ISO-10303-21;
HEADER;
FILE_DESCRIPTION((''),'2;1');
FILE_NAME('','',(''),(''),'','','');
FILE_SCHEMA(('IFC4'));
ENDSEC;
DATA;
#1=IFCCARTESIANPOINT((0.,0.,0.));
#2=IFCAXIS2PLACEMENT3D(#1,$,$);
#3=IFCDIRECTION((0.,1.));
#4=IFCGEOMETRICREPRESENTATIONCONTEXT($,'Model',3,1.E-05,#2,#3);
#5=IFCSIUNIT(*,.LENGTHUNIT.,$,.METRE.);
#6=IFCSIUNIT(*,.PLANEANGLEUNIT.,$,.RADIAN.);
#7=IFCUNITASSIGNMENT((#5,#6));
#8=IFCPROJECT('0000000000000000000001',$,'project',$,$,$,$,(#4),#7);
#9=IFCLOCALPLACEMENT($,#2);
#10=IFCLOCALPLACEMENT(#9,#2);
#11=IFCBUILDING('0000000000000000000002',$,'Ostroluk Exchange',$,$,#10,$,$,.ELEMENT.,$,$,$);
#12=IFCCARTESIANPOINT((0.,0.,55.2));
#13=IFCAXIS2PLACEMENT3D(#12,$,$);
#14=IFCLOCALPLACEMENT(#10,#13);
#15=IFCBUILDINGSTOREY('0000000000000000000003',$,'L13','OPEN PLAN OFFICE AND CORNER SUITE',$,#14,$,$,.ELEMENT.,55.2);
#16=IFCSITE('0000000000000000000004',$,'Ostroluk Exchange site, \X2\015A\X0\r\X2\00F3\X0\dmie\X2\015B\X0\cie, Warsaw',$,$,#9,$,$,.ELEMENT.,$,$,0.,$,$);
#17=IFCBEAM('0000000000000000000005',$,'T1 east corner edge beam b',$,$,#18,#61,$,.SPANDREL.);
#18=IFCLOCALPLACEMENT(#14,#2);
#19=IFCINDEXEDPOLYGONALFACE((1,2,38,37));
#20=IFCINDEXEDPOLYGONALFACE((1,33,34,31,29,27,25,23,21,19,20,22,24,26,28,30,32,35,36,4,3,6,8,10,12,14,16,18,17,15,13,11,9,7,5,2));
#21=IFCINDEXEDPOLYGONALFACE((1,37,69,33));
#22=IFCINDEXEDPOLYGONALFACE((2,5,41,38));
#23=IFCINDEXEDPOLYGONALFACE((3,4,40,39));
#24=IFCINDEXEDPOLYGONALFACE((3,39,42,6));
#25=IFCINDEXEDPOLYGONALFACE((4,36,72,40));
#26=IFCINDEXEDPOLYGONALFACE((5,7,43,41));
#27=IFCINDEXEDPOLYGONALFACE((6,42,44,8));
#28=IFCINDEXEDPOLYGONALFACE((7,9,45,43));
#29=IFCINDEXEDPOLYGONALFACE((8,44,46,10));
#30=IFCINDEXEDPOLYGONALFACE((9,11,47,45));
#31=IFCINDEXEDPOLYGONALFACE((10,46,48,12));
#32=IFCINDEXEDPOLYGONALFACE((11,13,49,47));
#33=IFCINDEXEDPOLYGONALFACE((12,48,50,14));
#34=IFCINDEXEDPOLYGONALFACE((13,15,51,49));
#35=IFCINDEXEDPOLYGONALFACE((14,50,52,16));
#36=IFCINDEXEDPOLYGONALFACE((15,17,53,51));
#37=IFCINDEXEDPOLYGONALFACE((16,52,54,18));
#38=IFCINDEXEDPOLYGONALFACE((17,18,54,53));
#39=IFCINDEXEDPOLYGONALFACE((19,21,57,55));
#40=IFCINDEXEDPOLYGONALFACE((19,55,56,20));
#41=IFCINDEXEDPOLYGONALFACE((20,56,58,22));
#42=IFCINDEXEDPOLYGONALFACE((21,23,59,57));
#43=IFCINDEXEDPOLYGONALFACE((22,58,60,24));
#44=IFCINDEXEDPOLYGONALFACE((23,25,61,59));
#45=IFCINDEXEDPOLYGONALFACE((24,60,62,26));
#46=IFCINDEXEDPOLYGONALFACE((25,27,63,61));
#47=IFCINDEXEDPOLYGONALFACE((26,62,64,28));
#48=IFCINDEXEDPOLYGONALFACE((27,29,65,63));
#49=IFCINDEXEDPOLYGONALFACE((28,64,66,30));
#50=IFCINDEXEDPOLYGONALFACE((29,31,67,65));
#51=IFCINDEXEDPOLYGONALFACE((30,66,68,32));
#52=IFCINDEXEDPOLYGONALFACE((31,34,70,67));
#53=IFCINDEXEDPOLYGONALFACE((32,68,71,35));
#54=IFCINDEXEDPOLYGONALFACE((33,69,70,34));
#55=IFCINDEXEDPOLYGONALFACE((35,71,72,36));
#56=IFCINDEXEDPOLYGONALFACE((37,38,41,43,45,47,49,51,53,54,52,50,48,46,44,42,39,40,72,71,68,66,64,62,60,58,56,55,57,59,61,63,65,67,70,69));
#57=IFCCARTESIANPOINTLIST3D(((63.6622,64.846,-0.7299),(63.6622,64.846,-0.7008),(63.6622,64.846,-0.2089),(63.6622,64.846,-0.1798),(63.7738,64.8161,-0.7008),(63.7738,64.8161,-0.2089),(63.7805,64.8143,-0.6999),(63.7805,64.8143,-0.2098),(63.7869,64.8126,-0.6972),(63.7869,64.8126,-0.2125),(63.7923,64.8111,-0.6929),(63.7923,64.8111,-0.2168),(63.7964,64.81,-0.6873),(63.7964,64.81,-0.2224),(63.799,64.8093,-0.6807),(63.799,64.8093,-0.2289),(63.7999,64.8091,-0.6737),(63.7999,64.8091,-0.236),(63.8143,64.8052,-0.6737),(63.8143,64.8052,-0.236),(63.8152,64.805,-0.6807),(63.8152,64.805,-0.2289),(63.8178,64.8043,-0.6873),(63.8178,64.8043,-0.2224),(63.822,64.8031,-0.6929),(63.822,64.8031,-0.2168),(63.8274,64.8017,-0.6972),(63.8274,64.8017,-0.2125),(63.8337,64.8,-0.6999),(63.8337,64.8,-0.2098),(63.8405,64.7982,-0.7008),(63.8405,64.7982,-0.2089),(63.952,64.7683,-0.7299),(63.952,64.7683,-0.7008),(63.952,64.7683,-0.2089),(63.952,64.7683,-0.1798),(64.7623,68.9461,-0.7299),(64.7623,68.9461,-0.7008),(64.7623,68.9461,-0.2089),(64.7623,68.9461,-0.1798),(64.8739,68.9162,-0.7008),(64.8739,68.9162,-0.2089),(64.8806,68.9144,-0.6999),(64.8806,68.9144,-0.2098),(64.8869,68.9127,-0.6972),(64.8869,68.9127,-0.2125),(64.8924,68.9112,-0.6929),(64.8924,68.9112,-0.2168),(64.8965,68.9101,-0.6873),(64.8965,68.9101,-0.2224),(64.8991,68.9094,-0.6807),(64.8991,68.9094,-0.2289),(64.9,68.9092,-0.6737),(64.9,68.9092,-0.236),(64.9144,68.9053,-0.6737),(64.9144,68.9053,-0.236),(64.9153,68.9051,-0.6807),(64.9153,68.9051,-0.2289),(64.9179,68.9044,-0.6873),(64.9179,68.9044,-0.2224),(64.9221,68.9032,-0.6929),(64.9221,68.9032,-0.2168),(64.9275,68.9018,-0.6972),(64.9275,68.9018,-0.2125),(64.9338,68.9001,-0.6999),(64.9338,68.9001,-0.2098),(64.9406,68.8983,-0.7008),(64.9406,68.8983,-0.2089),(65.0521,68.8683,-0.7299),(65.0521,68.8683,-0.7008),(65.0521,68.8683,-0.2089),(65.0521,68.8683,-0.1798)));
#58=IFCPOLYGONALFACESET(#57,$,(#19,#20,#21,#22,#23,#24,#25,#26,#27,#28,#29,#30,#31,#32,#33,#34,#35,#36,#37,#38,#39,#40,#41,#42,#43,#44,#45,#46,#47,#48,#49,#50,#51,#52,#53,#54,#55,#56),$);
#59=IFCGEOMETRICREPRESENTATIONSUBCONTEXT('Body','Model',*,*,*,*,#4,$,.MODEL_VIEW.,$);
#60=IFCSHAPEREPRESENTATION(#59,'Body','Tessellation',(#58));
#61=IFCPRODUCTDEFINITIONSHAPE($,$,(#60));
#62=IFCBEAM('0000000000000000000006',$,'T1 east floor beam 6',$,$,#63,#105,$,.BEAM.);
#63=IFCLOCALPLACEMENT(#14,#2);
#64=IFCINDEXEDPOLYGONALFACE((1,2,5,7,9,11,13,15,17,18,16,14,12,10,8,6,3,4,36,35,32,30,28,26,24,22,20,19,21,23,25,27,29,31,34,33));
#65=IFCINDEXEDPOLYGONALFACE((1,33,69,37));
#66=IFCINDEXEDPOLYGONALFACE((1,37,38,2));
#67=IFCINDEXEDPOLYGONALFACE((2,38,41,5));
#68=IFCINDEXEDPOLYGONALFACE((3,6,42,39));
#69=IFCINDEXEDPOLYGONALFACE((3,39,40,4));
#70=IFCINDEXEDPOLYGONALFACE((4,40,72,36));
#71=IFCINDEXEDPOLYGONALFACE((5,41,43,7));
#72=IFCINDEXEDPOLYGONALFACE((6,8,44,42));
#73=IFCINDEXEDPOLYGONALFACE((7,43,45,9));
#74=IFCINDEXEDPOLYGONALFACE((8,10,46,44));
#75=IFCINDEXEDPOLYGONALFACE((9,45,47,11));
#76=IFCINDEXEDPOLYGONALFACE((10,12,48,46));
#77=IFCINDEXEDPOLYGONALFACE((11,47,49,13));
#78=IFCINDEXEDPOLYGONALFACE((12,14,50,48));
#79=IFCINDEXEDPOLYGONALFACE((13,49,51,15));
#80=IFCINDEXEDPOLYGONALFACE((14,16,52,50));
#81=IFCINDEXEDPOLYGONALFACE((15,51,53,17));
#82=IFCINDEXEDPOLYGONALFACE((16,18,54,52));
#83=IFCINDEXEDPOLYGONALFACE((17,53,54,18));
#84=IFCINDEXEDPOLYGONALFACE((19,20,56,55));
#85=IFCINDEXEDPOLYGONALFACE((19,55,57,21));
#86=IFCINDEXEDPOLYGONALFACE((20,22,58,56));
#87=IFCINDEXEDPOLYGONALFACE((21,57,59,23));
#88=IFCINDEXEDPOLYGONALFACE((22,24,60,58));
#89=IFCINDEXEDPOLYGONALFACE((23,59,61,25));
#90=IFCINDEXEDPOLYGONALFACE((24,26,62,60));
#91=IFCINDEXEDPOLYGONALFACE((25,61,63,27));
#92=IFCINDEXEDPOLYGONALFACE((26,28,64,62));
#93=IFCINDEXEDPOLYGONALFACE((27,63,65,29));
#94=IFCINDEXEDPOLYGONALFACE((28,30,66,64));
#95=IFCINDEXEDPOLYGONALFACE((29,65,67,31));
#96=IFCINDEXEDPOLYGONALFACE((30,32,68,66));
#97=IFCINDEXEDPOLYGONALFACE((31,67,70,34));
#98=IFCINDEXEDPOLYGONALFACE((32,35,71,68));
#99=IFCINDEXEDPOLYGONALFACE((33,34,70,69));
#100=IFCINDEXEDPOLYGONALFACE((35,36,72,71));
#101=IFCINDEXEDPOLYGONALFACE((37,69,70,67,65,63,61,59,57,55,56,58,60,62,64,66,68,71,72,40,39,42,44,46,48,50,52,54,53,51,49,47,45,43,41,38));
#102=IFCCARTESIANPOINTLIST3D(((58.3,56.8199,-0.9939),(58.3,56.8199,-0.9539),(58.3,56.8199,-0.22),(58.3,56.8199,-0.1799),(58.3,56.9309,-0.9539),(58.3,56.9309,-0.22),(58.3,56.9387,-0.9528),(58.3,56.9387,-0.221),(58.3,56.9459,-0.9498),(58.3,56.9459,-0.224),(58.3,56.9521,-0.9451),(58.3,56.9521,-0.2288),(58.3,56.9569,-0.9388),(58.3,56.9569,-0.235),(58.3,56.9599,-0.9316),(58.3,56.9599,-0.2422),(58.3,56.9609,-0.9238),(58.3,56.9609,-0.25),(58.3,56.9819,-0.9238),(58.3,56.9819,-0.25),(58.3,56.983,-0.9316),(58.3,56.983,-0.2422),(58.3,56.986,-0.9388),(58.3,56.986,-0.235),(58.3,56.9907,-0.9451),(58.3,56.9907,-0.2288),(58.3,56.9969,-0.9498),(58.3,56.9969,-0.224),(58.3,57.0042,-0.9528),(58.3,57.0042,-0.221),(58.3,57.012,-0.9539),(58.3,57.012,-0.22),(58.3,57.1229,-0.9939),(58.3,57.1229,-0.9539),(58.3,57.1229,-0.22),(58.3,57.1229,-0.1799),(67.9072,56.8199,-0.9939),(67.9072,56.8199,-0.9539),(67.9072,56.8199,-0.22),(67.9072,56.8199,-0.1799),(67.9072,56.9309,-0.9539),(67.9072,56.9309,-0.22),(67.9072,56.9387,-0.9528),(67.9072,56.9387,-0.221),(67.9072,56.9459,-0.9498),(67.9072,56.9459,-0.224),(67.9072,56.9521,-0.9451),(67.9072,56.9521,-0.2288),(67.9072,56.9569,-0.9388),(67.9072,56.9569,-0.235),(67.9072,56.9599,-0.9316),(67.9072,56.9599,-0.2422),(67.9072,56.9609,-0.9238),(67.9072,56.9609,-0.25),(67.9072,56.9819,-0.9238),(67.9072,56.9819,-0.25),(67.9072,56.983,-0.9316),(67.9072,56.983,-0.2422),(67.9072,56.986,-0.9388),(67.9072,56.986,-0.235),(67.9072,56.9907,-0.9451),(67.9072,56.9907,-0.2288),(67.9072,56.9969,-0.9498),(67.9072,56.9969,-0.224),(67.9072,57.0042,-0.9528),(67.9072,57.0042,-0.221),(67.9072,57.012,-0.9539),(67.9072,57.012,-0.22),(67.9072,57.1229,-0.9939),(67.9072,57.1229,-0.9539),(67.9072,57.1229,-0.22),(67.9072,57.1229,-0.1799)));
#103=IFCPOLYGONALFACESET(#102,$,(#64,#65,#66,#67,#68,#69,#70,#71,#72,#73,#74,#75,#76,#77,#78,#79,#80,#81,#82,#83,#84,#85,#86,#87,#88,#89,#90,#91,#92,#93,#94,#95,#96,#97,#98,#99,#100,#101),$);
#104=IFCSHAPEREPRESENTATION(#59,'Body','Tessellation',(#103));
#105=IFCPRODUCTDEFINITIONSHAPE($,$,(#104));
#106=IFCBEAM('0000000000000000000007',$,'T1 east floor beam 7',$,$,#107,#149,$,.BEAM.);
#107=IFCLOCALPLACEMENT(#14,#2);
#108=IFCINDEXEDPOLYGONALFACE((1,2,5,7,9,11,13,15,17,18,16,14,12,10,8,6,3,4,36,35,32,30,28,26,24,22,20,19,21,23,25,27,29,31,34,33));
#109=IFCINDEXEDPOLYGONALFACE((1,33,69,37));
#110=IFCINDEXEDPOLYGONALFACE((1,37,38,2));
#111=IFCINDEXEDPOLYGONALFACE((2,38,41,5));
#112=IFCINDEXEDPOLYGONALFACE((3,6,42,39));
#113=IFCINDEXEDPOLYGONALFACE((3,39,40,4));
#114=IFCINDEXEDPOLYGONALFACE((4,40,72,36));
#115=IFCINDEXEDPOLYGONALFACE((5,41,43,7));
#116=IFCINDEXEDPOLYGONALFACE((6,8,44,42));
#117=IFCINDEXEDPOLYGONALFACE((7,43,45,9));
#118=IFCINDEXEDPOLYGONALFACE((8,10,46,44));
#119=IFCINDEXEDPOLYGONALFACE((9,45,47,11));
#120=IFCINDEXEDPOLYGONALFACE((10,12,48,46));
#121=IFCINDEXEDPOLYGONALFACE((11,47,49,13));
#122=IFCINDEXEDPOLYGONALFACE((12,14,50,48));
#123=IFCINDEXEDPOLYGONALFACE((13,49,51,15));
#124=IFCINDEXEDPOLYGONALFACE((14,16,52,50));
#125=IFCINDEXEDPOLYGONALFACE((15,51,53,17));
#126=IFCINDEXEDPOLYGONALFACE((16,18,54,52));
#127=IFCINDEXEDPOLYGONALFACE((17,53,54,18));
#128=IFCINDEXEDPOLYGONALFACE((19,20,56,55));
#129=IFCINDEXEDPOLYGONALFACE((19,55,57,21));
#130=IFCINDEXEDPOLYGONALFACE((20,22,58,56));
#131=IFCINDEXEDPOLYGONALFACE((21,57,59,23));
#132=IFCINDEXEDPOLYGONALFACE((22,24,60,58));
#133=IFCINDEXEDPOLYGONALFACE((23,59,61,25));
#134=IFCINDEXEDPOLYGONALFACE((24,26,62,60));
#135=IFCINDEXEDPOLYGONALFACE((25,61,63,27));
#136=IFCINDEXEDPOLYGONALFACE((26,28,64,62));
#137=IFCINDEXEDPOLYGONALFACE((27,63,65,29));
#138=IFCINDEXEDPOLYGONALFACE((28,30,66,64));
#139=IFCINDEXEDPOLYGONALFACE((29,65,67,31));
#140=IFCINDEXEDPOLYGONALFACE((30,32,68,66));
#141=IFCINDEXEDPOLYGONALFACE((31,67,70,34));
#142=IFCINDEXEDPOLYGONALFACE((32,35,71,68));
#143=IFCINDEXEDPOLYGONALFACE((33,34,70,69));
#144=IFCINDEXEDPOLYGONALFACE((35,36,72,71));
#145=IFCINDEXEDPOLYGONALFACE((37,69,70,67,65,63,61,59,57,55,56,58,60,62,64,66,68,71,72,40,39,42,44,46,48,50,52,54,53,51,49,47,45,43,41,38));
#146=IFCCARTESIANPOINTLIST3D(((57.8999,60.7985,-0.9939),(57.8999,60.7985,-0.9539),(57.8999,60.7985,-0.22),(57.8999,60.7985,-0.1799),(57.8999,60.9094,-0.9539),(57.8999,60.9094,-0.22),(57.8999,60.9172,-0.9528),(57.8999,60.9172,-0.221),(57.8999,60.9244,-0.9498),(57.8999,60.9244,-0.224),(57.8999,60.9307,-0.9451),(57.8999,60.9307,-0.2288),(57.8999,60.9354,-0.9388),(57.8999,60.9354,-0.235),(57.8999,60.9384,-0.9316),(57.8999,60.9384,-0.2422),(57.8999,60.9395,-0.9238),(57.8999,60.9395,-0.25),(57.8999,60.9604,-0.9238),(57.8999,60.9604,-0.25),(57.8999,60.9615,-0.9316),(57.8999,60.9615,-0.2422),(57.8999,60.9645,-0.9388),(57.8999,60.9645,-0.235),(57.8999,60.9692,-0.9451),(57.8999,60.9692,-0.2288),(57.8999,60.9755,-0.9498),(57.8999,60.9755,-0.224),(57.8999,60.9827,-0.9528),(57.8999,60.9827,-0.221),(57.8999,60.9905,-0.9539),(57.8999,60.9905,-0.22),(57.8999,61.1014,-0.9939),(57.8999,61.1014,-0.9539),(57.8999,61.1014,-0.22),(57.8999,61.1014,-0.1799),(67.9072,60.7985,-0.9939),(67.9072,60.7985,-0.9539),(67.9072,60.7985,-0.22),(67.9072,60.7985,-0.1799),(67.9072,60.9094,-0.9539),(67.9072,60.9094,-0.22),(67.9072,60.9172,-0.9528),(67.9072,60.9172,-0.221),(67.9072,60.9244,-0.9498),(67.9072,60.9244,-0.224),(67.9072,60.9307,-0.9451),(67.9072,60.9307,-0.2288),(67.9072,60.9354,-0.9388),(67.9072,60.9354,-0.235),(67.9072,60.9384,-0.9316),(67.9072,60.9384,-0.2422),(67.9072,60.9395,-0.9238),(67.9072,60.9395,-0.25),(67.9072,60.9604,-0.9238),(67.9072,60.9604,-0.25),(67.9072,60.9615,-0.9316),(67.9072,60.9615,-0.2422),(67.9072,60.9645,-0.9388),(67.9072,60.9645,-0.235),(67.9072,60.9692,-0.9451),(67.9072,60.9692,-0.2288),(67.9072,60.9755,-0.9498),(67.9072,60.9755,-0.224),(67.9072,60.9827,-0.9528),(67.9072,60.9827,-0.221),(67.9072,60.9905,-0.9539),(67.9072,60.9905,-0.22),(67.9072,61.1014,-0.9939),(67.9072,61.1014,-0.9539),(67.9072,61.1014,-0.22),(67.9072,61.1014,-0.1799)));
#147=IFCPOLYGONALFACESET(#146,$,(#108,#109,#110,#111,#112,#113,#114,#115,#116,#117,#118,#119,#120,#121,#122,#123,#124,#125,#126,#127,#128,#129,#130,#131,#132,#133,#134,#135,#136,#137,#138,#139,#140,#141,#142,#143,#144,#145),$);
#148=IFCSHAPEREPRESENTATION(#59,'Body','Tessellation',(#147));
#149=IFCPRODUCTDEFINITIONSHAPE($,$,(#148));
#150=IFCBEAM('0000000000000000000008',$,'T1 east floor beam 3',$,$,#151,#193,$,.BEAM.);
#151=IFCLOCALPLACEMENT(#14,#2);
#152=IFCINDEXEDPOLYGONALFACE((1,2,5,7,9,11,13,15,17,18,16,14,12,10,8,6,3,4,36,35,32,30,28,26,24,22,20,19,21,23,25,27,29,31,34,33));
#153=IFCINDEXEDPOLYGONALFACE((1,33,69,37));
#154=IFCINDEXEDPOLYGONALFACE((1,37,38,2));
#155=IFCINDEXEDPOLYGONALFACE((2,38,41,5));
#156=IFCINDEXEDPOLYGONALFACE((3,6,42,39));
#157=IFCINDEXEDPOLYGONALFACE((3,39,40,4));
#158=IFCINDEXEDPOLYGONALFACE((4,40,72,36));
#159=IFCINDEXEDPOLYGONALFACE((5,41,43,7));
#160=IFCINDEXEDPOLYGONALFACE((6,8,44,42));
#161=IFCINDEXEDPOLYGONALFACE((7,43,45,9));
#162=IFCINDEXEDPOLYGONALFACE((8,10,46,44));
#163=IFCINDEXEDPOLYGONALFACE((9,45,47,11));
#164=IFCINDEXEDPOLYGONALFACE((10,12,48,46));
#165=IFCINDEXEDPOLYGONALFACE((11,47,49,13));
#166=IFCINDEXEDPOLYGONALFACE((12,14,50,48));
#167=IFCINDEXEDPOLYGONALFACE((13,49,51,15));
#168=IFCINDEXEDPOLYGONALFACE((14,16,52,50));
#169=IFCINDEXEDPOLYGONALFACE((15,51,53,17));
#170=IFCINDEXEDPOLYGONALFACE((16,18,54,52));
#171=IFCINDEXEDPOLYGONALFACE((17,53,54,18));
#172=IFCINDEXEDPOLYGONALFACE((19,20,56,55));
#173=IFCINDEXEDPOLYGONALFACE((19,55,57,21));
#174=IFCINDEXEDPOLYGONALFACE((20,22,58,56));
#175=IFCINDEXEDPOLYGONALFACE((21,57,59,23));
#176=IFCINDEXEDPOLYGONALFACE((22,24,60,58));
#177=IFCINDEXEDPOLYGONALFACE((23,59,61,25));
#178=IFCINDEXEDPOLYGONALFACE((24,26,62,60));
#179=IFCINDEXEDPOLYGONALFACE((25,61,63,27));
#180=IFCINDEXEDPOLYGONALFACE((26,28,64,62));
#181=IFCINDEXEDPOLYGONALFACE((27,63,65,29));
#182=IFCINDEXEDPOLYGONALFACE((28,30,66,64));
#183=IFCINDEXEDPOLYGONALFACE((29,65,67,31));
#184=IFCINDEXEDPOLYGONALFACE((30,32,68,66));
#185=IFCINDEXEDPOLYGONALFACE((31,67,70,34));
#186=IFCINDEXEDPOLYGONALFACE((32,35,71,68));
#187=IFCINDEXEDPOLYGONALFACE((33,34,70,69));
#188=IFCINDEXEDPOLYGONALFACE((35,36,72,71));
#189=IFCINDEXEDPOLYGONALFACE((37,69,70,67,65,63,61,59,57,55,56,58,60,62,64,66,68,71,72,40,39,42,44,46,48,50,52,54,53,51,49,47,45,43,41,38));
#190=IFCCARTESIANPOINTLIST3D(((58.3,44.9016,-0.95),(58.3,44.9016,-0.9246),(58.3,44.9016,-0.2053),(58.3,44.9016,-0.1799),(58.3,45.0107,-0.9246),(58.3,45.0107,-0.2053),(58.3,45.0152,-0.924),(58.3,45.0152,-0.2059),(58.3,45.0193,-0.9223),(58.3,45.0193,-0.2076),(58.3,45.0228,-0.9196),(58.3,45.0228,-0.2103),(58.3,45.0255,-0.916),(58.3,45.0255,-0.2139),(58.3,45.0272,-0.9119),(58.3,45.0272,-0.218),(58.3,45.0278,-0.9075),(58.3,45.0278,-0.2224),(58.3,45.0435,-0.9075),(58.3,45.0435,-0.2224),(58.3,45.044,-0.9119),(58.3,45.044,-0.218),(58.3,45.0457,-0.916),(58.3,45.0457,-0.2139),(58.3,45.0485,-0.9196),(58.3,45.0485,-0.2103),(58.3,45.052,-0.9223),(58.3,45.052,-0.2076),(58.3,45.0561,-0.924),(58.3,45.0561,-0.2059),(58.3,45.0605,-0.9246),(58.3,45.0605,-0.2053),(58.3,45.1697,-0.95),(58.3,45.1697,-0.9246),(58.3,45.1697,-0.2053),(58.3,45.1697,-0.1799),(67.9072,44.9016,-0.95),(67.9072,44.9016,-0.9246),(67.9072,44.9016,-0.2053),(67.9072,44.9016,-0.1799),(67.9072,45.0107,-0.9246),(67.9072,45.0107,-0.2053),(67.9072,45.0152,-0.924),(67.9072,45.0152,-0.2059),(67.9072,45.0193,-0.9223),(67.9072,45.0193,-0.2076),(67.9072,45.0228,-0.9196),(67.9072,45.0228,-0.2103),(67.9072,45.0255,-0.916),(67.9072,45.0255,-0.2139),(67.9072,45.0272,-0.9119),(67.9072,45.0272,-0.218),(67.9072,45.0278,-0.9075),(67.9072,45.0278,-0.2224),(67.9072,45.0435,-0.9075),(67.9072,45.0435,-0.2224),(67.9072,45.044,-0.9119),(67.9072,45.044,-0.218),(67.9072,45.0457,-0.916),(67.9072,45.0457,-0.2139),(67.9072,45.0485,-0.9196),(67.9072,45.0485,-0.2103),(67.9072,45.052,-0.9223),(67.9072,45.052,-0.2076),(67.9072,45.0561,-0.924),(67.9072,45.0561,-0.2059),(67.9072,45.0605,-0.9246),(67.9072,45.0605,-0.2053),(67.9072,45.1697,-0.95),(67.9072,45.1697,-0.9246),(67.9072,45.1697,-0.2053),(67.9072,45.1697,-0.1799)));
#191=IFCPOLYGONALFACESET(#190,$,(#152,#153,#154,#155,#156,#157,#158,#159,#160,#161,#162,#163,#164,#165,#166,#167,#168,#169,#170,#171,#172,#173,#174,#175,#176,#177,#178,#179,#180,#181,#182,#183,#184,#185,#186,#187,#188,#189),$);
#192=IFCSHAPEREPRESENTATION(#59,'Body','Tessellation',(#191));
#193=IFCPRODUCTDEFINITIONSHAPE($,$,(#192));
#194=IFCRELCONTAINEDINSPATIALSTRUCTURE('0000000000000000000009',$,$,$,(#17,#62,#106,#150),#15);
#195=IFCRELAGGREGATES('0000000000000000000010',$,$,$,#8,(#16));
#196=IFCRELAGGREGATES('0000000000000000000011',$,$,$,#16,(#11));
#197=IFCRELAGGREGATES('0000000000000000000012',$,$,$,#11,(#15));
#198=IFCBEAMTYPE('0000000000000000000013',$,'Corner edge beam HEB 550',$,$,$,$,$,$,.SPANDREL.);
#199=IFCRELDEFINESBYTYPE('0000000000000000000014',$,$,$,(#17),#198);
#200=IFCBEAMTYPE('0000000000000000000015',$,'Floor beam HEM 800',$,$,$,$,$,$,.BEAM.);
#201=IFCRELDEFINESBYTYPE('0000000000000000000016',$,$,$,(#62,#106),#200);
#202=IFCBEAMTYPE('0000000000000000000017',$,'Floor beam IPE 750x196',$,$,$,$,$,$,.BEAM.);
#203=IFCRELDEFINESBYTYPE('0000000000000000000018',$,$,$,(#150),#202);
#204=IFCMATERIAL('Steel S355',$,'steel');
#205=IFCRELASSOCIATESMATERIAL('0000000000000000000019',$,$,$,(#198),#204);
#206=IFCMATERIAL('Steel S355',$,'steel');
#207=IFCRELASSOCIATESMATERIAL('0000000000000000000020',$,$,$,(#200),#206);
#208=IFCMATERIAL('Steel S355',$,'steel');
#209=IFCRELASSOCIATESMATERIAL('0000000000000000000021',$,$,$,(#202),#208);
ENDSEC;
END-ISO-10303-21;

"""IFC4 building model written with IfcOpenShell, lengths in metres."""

from ifc_helpers import new_model, si_unit, direction, frame, origin, origin_2d, place, context, subcontext, project, spatial, i_section, extrude, material, material_profile, profile_set, type_object, element, save


model = new_model("IFC4")

# Units and contexts
model_context = context("Model", 3, precision=1e-05, world=origin(), true_north=direction((0.0, 1.0)))
body_context = subcontext(model_context, "Body", "Model", "MODEL_VIEW")
ifc_project = project(units=[si_unit("LENGTHUNIT", "METRE"), si_unit("PLANEANGLEUNIT", "RADIAN")], contexts=[model_context])

# Site, building, storey
site_placement = place(None, origin())
site = spatial("IfcSite", under=ifc_project, at=site_placement, Name="Ostroluk Exchange site, Śródmieście, Warsaw", CompositionType="ELEMENT", RefElevation=0.0)
building_placement = place(site_placement, origin())
building = spatial("IfcBuilding", under=site, at=building_placement, Name="Ostroluk Exchange", CompositionType="ELEMENT")
storey_placement = place(building_placement, frame((0.0, 0.0, 55.2)))
storey = spatial("IfcBuildingStorey", under=building, at=storey_placement, Name="L13", Description="OPEN PLAN OFFICE AND CORNER SUITE", CompositionType="ELEMENT", Elevation=55.2)

# Beams
ifc_material_1 = material(Name="Steel S355", Category="steel")
ifc_material_profile_1 = material_profile(ifc_material_1, i_section(OverallWidth=0.3, OverallDepth=0.55, WebThickness=0.0149, FlangeThickness=0.0291, FilletRadius=0.0271, at=origin_2d()), Name="HEB 550")
ifc_profile_set_1 = profile_set([ifc_material_profile_1], Name="Steel S355")
beam_type_1 = type_object("IfcBeamType", Name="Corner edge beam HEB 550", PredefinedType="SPANDREL", material=ifc_profile_set_1)
for number, where, z_axis, x_axis, name in (
    (1, (63.8071, 64.8071, -0.4548), (0.259144, 0.965839, 0.0), (-0.965839, 0.259144, 0.0), "T1 east corner edge beam b"),
):
    element("IfcBeam", number, at=place(storey_placement, frame(where, z_axis=z_axis, x_axis=x_axis)), inside=storey, type_object=beam_type_1, Name=name, PredefinedType="SPANDREL", context=body_context, shape_type="SweptSolid", body=[
        extrude(i_section(OverallWidth=0.3, OverallDepth=0.55, WebThickness=0.0149, FlangeThickness=0.0291, FilletRadius=0.0271, at=origin_2d()), origin(), (0.0, 0.0, 1.0), 4.2451),
    ])
ifc_material_2 = material(Name="Steel S355", Category="steel")
ifc_material_profile_2 = material_profile(ifc_material_2, i_section(OverallWidth=0.303, OverallDepth=0.814, WebThickness=0.021, FlangeThickness=0.04, FilletRadius=0.03, at=origin_2d()), Name="HEM 800")
ifc_profile_set_2 = profile_set([ifc_material_profile_2], Name="Steel S355")
beam_type_2 = type_object("IfcBeamType", Name="Floor beam HEM 800", PredefinedType="BEAM", material=ifc_profile_set_2)
beam_1_placement = place(storey_placement, frame((58.3, 56.9714, -0.5869), z_axis=(1.0, 0.0, 0.0), x_axis=(0.0, 1.0, 0.0)))
element("IfcBeam", 2, at=beam_1_placement, inside=storey, type_object=beam_type_2, Name="T1 east floor beam 6", PredefinedType="BEAM", context=body_context, shape_type="SweptSolid", body=[
    extrude(i_section(OverallWidth=0.303, OverallDepth=0.814, WebThickness=0.021, FlangeThickness=0.04, FilletRadius=0.03, at=origin_2d()), origin(), (0.0, 0.0, 1.0), 9.6072),
])
beam_2_placement = place(storey_placement, frame((57.8999, 60.95, -0.5869), z_axis=(1.0, 0.0, 0.0), x_axis=(0.0, 1.0, 0.0)))
element("IfcBeam", 3, at=beam_2_placement, inside=storey, type_object=beam_type_2, Name="T1 east floor beam 7", PredefinedType="BEAM", context=body_context, shape_type="SweptSolid", body=[
    extrude(i_section(OverallWidth=0.303, OverallDepth=0.814, WebThickness=0.021, FlangeThickness=0.04, FilletRadius=0.03, at=origin_2d()), origin(), (0.0, 0.0, 1.0), 10.0073),
])
ifc_material_3 = material(Name="Steel S355", Category="steel")
ifc_material_profile_3 = material_profile(ifc_material_3, i_section(OverallWidth=0.2681, OverallDepth=0.77, WebThickness=0.0156, FlangeThickness=0.0254, FilletRadius=0.0171, at=origin_2d()), Name="IPE 750x196")
ifc_profile_set_3 = profile_set([ifc_material_profile_3], Name="Steel S355")
beam_type_3 = type_object("IfcBeamType", Name="Floor beam IPE 750x196", PredefinedType="BEAM", material=ifc_profile_set_3)
for number, where, z_axis, x_axis, name in (
    (4, (58.3, 45.0356, -0.5649), (1.0, 0.0, 0.0), (0.0, 1.0, 0.0), "T1 east floor beam 3"),
):
    element("IfcBeam", number, at=place(storey_placement, frame(where, z_axis=z_axis, x_axis=x_axis)), inside=storey, type_object=beam_type_3, Name=name, PredefinedType="BEAM", context=body_context, shape_type="SweptSolid", body=[
        extrude(i_section(OverallWidth=0.2681, OverallDepth=0.77, WebThickness=0.0156, FlangeThickness=0.0254, FilletRadius=0.0171, at=origin_2d()), origin(), (0.0, 0.0, 1.0), 9.6072),
    ])

save(model, "model.ifc")
